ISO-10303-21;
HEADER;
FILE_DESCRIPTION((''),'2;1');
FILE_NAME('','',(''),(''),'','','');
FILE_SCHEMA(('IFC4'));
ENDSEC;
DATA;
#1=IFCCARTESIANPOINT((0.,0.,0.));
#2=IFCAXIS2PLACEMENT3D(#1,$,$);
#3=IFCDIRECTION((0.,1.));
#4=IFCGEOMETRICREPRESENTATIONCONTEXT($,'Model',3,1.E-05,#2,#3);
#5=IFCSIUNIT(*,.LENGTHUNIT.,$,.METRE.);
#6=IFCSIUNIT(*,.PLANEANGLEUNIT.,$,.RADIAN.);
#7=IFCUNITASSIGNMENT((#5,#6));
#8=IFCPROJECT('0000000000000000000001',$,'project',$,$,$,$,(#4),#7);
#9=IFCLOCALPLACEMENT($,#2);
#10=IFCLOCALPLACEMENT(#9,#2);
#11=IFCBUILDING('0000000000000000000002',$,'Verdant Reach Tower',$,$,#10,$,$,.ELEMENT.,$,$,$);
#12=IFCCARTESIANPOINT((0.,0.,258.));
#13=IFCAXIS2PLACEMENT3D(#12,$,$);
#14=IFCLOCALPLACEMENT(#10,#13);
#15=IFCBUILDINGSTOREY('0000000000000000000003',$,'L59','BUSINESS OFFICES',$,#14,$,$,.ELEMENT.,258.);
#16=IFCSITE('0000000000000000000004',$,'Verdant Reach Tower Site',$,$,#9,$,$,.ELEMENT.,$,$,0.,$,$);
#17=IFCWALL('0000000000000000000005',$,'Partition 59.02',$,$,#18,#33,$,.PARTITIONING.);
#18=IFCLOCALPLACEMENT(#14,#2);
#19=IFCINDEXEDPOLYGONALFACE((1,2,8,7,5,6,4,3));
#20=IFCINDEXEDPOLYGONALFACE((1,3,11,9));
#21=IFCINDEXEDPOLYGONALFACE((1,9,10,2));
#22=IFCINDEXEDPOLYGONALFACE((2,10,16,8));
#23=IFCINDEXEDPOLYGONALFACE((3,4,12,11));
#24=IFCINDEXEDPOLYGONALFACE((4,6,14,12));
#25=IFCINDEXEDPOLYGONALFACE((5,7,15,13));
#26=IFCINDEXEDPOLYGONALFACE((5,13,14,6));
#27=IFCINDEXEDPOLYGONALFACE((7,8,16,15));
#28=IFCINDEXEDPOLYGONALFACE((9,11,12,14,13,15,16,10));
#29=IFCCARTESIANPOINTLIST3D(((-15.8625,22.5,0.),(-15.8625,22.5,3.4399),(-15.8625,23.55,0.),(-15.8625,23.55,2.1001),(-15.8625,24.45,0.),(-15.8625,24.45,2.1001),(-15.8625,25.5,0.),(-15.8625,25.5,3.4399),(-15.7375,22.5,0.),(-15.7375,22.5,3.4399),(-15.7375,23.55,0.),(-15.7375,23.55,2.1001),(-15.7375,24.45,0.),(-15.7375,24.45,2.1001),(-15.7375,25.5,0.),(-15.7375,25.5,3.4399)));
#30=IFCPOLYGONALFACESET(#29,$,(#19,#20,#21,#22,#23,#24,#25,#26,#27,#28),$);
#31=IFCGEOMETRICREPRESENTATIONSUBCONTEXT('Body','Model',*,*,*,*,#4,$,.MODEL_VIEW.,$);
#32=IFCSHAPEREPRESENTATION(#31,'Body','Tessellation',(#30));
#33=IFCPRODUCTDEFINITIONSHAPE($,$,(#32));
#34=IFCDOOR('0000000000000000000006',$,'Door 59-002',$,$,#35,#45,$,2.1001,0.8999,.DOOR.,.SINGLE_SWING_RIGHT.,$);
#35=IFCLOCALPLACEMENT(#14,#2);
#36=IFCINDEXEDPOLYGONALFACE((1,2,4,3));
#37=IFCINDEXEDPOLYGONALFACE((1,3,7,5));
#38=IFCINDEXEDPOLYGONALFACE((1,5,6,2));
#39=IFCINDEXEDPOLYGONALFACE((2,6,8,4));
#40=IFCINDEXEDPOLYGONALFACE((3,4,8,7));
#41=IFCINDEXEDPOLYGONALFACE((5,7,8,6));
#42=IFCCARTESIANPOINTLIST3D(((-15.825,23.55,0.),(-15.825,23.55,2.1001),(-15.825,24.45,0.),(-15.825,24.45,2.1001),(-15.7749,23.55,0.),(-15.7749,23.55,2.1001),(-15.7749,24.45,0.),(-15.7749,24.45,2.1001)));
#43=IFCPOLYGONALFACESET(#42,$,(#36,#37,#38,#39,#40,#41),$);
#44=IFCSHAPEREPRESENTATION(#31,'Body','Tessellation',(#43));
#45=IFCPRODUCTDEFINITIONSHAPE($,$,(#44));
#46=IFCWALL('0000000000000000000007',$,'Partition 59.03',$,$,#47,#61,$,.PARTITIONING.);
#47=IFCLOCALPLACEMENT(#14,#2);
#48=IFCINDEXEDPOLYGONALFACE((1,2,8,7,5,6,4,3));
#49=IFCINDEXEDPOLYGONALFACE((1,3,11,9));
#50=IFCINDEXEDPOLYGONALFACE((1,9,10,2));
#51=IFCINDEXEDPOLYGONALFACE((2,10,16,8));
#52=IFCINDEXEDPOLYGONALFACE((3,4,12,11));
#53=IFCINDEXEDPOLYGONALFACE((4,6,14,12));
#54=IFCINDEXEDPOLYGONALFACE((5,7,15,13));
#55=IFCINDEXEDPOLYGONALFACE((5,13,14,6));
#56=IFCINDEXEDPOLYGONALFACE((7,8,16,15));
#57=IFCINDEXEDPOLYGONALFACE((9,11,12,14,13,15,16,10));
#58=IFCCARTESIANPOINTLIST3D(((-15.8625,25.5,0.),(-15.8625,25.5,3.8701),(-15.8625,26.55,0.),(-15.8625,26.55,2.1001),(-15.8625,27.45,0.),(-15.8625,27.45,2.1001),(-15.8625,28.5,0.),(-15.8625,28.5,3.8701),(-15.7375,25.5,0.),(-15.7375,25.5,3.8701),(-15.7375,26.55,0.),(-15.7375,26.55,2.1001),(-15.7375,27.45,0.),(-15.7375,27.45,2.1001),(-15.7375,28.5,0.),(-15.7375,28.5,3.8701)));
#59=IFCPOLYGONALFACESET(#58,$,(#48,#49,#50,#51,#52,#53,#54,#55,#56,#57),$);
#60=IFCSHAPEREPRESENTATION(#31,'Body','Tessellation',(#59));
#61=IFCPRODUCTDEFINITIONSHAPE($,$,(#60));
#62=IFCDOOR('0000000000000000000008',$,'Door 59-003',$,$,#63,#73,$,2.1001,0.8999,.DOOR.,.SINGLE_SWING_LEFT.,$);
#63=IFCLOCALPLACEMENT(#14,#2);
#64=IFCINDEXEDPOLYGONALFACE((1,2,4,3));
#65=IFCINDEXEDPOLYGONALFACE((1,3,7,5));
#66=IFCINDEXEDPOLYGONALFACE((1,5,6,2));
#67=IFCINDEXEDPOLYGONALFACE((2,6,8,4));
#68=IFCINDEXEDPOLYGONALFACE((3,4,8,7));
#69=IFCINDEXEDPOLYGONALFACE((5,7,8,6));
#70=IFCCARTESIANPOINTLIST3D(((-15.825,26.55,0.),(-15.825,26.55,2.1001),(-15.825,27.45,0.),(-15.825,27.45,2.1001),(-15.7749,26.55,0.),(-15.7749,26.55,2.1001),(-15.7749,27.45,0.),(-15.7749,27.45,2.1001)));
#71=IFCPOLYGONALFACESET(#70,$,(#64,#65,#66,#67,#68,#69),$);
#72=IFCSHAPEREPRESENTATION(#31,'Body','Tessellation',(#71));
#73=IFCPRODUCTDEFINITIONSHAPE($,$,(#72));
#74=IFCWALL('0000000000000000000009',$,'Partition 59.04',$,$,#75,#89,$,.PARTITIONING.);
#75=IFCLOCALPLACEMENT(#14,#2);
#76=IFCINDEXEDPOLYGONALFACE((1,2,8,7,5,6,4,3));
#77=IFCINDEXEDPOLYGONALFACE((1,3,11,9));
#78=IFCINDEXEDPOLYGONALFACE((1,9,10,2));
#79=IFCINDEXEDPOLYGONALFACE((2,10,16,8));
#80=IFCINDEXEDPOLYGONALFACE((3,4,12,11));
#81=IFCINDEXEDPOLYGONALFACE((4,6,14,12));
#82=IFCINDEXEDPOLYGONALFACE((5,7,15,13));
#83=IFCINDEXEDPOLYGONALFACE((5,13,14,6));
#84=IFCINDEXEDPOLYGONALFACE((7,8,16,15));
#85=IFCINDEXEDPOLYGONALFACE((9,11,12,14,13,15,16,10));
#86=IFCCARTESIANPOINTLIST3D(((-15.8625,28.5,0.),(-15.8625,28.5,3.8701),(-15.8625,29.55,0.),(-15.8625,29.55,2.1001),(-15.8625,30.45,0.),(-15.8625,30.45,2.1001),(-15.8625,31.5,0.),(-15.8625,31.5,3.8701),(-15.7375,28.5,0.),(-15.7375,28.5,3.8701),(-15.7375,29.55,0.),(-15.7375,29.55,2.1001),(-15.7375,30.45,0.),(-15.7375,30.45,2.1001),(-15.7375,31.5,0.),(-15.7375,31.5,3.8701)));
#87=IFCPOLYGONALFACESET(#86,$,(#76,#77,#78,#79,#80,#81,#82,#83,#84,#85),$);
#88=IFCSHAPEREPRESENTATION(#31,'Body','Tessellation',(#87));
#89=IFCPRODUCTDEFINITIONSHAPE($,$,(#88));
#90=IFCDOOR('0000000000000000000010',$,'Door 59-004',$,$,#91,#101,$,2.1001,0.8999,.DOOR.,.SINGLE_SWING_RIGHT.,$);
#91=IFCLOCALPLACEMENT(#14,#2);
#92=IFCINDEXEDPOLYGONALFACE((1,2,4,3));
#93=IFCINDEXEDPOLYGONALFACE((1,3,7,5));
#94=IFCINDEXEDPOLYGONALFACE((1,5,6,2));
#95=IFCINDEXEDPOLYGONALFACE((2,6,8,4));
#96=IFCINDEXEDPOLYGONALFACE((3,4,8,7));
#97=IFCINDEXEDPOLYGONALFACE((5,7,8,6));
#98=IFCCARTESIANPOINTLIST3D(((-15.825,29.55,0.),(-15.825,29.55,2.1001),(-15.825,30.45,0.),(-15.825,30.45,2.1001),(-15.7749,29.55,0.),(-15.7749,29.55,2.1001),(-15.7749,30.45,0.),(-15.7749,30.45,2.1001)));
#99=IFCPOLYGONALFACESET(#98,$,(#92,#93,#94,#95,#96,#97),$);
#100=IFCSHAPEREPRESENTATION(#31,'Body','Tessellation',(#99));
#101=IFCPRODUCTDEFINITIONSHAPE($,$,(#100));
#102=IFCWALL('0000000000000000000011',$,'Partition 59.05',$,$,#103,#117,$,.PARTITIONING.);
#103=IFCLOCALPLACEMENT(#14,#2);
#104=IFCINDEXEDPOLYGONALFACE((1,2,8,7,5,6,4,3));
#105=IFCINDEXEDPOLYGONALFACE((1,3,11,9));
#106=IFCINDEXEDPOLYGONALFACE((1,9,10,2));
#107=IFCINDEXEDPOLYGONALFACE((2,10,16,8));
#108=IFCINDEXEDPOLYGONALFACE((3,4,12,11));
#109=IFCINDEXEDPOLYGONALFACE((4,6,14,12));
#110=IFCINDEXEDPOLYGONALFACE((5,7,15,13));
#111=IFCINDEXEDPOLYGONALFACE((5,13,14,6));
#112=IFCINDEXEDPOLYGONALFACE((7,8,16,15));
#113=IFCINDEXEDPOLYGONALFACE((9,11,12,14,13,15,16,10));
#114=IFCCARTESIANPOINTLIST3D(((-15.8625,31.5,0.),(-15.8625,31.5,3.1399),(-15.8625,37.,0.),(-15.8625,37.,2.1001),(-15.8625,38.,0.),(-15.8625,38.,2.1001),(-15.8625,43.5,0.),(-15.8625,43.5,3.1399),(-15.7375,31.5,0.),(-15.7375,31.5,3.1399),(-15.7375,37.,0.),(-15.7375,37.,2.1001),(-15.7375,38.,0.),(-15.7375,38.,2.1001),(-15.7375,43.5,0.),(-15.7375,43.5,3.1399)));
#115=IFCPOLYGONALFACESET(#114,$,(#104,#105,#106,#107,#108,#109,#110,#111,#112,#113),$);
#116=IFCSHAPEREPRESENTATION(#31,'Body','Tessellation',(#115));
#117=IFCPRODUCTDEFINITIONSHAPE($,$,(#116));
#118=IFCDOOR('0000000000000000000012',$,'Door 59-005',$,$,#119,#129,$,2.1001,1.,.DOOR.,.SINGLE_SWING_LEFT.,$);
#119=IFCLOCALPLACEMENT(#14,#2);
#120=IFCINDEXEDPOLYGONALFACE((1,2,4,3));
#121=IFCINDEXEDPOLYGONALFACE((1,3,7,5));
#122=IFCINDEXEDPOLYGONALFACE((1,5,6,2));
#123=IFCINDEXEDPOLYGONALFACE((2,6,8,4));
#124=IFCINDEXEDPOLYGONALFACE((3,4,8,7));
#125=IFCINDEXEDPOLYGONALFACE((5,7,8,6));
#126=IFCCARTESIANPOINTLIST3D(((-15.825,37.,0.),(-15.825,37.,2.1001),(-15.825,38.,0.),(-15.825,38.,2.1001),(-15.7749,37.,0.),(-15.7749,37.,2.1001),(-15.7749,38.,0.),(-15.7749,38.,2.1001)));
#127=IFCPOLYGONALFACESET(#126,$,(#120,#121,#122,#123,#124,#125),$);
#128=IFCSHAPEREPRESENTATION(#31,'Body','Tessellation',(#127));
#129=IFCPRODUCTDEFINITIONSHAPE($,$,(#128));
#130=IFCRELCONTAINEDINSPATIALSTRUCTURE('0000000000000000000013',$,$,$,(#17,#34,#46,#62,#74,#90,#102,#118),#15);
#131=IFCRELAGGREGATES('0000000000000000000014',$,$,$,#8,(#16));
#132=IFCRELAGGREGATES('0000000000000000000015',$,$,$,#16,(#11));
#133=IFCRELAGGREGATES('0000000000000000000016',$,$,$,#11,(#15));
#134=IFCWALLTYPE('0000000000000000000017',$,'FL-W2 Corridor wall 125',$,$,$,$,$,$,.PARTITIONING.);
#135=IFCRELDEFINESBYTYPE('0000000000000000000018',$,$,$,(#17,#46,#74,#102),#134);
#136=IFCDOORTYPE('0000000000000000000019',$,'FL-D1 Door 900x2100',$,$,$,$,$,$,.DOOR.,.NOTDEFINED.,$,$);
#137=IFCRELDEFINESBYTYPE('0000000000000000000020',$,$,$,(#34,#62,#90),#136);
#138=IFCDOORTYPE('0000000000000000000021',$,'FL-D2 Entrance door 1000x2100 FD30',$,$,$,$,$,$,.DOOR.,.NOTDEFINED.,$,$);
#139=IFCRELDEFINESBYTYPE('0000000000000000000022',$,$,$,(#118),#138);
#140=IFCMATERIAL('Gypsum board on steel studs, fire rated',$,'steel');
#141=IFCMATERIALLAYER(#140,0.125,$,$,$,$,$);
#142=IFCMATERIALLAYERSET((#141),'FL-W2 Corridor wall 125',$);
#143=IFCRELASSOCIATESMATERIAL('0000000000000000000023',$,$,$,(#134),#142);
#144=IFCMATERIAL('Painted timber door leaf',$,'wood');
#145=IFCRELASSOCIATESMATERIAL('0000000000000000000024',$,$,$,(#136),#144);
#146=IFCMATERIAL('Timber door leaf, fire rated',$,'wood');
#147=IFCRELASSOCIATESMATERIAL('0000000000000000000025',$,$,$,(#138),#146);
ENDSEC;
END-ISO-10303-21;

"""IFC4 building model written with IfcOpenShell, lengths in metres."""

from ifc_helpers import new_model, si_unit, direction, frame, frame_2d, origin, place, context, subcontext, project, spatial, rectangle, extrude, material, layer, layer_set, type_object, element, fill, save


model = new_model("IFC4")

# Units and contexts
model_context = context("Model", 3, precision=1e-05, world=origin(), true_north=direction((0.0, 1.0)))
body_context = subcontext(model_context, "Body", "Model", "MODEL_VIEW")
ifc_project = project(units=[si_unit("LENGTHUNIT", "METRE"), si_unit("PLANEANGLEUNIT", "RADIAN")], contexts=[model_context])

# Site, building, storey
site_placement = place(None, origin())
site = spatial("IfcSite", under=ifc_project, at=site_placement, Name="Verdant Reach Tower Site", CompositionType="ELEMENT", RefElevation=0.0)
building_placement = place(site_placement, origin())
building = spatial("IfcBuilding", under=site, at=building_placement, Name="Verdant Reach Tower", CompositionType="ELEMENT")
storey_placement = place(building_placement, frame((0.0, 0.0, 258.0)))
storey = spatial("IfcBuildingStorey", under=building, at=storey_placement, Name="L59", Description="BUSINESS OFFICES", CompositionType="ELEMENT", Elevation=258.0)

# Walls, openings, doors
ifc_material_1 = material(Name="Gypsum board on steel studs, fire rated", Category="steel")
ifc_layer_1 = layer(ifc_material_1, 0.125)
ifc_layer_set_1 = layer_set([ifc_layer_1], Name="FL-W2 Corridor wall 125")
wall_type_1 = type_object("IfcWallType", Name="FL-W2 Corridor wall 125", PredefinedType="PARTITIONING", material=ifc_layer_set_1)
wall_1_placement = place(storey_placement, frame((-15.8, 22.5, 0.0), z_axis=(0.0, 0.0, 1.0), x_axis=(0.0, 1.0, 0.0)))
wall_1 = element("IfcWall", 1, at=wall_1_placement, inside=storey, type_object=wall_type_1, Name="Partition 59.02", PredefinedType="PARTITIONING", context=body_context, shape_type="SweptSolid", body=[
    extrude(rectangle(XDim=3.0, YDim=0.125, at=frame_2d((1.5, 0.0))), origin(), (0.0, 0.0, 1.0), 3.4399),
])
opening_1_placement = place(wall_1_placement, frame((1.05, 0.0, 0.0)))
opening_1 = element("IfcOpeningElement", 2, at=opening_1_placement, cuts=wall_1, PredefinedType="OPENING", context=body_context, shape_type="SweptSolid", body=[
    extrude(rectangle(XDim=0.8999, YDim=2.1001, at=frame_2d((0.45, 1.05))), frame((0.0, 0.0725, 0.0), z_axis=(0.0, -1.0, 0.0), x_axis=(1.0, 0.0, 0.0)), (0.0, 0.0, 1.0), 0.145),
])
ifc_material_2 = material(Name="Painted timber door leaf", Category="wood")
door_type_1 = type_object("IfcDoorType", Name="FL-D1 Door 900x2100", OperationType="NOTDEFINED", PredefinedType="DOOR", material=ifc_material_2)
door_1_placement = place(opening_1_placement, origin())
door_1 = element("IfcDoor", 3, at=door_1_placement, inside=storey, type_object=door_type_1, Name="Door 59-002", OperationType="SINGLE_SWING_RIGHT", OverallHeight=2.1001, OverallWidth=0.8999, PredefinedType="DOOR", context=body_context, shape_type="SweptSolid", body=[
    extrude(rectangle(XDim=0.8999, YDim=2.1001, at=frame_2d((0.45, 1.05))), frame((0.0, 0.0249, 0.0), z_axis=(0.0, -1.0, 0.0), x_axis=(1.0, 0.0, 0.0)), (0.0, 0.0, 1.0), 0.05),
])
fill(opening_1, door_1)
wall_2_placement = place(storey_placement, frame((-15.8, 25.5, 0.0), z_axis=(0.0, 0.0, 1.0), x_axis=(0.0, 1.0, 0.0)))
wall_2 = element("IfcWall", 4, at=wall_2_placement, inside=storey, type_object=wall_type_1, Name="Partition 59.03", PredefinedType="PARTITIONING", context=body_context, shape_type="SweptSolid", body=[
    extrude(rectangle(XDim=3.0, YDim=0.125, at=frame_2d((1.5, 0.0))), origin(), (0.0, 0.0, 1.0), 3.8701),
])
opening_2_placement = place(wall_2_placement, frame((1.05, 0.0, 0.0)))
opening_2 = element("IfcOpeningElement", 5, at=opening_2_placement, cuts=wall_2, PredefinedType="OPENING", context=body_context, shape_type="SweptSolid", body=[
    extrude(rectangle(XDim=0.8999, YDim=2.1001, at=frame_2d((0.45, 1.05))), frame((0.0, 0.0725, 0.0), z_axis=(0.0, -1.0, 0.0), x_axis=(1.0, 0.0, 0.0)), (0.0, 0.0, 1.0), 0.145),
])
door_2_placement = place(opening_2_placement, origin())
door_2 = element("IfcDoor", 6, at=door_2_placement, inside=storey, type_object=door_type_1, Name="Door 59-003", OperationType="SINGLE_SWING_LEFT", OverallHeight=2.1001, OverallWidth=0.8999, PredefinedType="DOOR", context=body_context, shape_type="SweptSolid", body=[
    extrude(rectangle(XDim=0.8999, YDim=2.1001, at=frame_2d((0.45, 1.05))), frame((0.0, 0.0249, 0.0), z_axis=(0.0, -1.0, 0.0), x_axis=(1.0, 0.0, 0.0)), (0.0, 0.0, 1.0), 0.05),
])
fill(opening_2, door_2)
wall_3_placement = place(storey_placement, frame((-15.8, 28.5, 0.0), z_axis=(0.0, 0.0, 1.0), x_axis=(0.0, 1.0, 0.0)))
wall_3 = element("IfcWall", 7, at=wall_3_placement, inside=storey, type_object=wall_type_1, Name="Partition 59.04", PredefinedType="PARTITIONING", context=body_context, shape_type="SweptSolid", body=[
    extrude(rectangle(XDim=3.0, YDim=0.125, at=frame_2d((1.5, 0.0))), origin(), (0.0, 0.0, 1.0), 3.8701),
])
opening_3_placement = place(wall_3_placement, frame((1.05, 0.0, 0.0)))
opening_3 = element("IfcOpeningElement", 8, at=opening_3_placement, cuts=wall_3, PredefinedType="OPENING", context=body_context, shape_type="SweptSolid", body=[
    extrude(rectangle(XDim=0.8999, YDim=2.1001, at=frame_2d((0.45, 1.05))), frame((0.0, 0.0725, 0.0), z_axis=(0.0, -1.0, 0.0), x_axis=(1.0, 0.0, 0.0)), (0.0, 0.0, 1.0), 0.145),
])
door_3_placement = place(opening_3_placement, origin())
door_3 = element("IfcDoor", 9, at=door_3_placement, inside=storey, type_object=door_type_1, Name="Door 59-004", OperationType="SINGLE_SWING_RIGHT", OverallHeight=2.1001, OverallWidth=0.8999, PredefinedType="DOOR", context=body_context, shape_type="SweptSolid", body=[
    extrude(rectangle(XDim=0.8999, YDim=2.1001, at=frame_2d((0.45, 1.05))), frame((0.0, 0.0249, 0.0), z_axis=(0.0, -1.0, 0.0), x_axis=(1.0, 0.0, 0.0)), (0.0, 0.0, 1.0), 0.05),
])
fill(opening_3, door_3)
wall_4_placement = place(storey_placement, frame((-15.8, 31.5, 0.0), z_axis=(0.0, 0.0, 1.0), x_axis=(0.0, 1.0, 0.0)))
wall_4 = element("IfcWall", 10, at=wall_4_placement, inside=storey, type_object=wall_type_1, Name="Partition 59.05", PredefinedType="PARTITIONING", context=body_context, shape_type="SweptSolid", body=[
    extrude(rectangle(XDim=12.0, YDim=0.125, at=frame_2d((6.0, 0.0))), origin(), (0.0, 0.0, 1.0), 3.1399),
])
opening_4_placement = place(wall_4_placement, frame((5.5, 0.0, 0.0)))
opening_4 = element("IfcOpeningElement", 11, at=opening_4_placement, cuts=wall_4, PredefinedType="OPENING", context=body_context, shape_type="SweptSolid", body=[
    extrude(rectangle(XDim=1.0, YDim=2.1001, at=frame_2d((0.5, 1.05))), frame((0.0, 0.0725, 0.0), z_axis=(0.0, -1.0, 0.0), x_axis=(1.0, 0.0, 0.0)), (0.0, 0.0, 1.0), 0.145),
])
ifc_material_3 = material(Name="Timber door leaf, fire rated", Category="wood")
door_type_2 = type_object("IfcDoorType", Name="FL-D2 Entrance door 1000x2100 FD30", OperationType="NOTDEFINED", PredefinedType="DOOR", material=ifc_material_3)
door_4_placement = place(opening_4_placement, origin())
door_4 = element("IfcDoor", 12, at=door_4_placement, inside=storey, type_object=door_type_2, Name="Door 59-005", OperationType="SINGLE_SWING_LEFT", OverallHeight=2.1001, OverallWidth=1.0, PredefinedType="DOOR", context=body_context, shape_type="SweptSolid", body=[
    extrude(rectangle(XDim=1.0, YDim=2.1001, at=frame_2d((0.5, 1.05))), frame((0.0, 0.0249, 0.0), z_axis=(0.0, -1.0, 0.0), x_axis=(1.0, 0.0, 0.0)), (0.0, 0.0, 1.0), 0.05),
])
fill(opening_4, door_4)

save(model, "model.ifc")
